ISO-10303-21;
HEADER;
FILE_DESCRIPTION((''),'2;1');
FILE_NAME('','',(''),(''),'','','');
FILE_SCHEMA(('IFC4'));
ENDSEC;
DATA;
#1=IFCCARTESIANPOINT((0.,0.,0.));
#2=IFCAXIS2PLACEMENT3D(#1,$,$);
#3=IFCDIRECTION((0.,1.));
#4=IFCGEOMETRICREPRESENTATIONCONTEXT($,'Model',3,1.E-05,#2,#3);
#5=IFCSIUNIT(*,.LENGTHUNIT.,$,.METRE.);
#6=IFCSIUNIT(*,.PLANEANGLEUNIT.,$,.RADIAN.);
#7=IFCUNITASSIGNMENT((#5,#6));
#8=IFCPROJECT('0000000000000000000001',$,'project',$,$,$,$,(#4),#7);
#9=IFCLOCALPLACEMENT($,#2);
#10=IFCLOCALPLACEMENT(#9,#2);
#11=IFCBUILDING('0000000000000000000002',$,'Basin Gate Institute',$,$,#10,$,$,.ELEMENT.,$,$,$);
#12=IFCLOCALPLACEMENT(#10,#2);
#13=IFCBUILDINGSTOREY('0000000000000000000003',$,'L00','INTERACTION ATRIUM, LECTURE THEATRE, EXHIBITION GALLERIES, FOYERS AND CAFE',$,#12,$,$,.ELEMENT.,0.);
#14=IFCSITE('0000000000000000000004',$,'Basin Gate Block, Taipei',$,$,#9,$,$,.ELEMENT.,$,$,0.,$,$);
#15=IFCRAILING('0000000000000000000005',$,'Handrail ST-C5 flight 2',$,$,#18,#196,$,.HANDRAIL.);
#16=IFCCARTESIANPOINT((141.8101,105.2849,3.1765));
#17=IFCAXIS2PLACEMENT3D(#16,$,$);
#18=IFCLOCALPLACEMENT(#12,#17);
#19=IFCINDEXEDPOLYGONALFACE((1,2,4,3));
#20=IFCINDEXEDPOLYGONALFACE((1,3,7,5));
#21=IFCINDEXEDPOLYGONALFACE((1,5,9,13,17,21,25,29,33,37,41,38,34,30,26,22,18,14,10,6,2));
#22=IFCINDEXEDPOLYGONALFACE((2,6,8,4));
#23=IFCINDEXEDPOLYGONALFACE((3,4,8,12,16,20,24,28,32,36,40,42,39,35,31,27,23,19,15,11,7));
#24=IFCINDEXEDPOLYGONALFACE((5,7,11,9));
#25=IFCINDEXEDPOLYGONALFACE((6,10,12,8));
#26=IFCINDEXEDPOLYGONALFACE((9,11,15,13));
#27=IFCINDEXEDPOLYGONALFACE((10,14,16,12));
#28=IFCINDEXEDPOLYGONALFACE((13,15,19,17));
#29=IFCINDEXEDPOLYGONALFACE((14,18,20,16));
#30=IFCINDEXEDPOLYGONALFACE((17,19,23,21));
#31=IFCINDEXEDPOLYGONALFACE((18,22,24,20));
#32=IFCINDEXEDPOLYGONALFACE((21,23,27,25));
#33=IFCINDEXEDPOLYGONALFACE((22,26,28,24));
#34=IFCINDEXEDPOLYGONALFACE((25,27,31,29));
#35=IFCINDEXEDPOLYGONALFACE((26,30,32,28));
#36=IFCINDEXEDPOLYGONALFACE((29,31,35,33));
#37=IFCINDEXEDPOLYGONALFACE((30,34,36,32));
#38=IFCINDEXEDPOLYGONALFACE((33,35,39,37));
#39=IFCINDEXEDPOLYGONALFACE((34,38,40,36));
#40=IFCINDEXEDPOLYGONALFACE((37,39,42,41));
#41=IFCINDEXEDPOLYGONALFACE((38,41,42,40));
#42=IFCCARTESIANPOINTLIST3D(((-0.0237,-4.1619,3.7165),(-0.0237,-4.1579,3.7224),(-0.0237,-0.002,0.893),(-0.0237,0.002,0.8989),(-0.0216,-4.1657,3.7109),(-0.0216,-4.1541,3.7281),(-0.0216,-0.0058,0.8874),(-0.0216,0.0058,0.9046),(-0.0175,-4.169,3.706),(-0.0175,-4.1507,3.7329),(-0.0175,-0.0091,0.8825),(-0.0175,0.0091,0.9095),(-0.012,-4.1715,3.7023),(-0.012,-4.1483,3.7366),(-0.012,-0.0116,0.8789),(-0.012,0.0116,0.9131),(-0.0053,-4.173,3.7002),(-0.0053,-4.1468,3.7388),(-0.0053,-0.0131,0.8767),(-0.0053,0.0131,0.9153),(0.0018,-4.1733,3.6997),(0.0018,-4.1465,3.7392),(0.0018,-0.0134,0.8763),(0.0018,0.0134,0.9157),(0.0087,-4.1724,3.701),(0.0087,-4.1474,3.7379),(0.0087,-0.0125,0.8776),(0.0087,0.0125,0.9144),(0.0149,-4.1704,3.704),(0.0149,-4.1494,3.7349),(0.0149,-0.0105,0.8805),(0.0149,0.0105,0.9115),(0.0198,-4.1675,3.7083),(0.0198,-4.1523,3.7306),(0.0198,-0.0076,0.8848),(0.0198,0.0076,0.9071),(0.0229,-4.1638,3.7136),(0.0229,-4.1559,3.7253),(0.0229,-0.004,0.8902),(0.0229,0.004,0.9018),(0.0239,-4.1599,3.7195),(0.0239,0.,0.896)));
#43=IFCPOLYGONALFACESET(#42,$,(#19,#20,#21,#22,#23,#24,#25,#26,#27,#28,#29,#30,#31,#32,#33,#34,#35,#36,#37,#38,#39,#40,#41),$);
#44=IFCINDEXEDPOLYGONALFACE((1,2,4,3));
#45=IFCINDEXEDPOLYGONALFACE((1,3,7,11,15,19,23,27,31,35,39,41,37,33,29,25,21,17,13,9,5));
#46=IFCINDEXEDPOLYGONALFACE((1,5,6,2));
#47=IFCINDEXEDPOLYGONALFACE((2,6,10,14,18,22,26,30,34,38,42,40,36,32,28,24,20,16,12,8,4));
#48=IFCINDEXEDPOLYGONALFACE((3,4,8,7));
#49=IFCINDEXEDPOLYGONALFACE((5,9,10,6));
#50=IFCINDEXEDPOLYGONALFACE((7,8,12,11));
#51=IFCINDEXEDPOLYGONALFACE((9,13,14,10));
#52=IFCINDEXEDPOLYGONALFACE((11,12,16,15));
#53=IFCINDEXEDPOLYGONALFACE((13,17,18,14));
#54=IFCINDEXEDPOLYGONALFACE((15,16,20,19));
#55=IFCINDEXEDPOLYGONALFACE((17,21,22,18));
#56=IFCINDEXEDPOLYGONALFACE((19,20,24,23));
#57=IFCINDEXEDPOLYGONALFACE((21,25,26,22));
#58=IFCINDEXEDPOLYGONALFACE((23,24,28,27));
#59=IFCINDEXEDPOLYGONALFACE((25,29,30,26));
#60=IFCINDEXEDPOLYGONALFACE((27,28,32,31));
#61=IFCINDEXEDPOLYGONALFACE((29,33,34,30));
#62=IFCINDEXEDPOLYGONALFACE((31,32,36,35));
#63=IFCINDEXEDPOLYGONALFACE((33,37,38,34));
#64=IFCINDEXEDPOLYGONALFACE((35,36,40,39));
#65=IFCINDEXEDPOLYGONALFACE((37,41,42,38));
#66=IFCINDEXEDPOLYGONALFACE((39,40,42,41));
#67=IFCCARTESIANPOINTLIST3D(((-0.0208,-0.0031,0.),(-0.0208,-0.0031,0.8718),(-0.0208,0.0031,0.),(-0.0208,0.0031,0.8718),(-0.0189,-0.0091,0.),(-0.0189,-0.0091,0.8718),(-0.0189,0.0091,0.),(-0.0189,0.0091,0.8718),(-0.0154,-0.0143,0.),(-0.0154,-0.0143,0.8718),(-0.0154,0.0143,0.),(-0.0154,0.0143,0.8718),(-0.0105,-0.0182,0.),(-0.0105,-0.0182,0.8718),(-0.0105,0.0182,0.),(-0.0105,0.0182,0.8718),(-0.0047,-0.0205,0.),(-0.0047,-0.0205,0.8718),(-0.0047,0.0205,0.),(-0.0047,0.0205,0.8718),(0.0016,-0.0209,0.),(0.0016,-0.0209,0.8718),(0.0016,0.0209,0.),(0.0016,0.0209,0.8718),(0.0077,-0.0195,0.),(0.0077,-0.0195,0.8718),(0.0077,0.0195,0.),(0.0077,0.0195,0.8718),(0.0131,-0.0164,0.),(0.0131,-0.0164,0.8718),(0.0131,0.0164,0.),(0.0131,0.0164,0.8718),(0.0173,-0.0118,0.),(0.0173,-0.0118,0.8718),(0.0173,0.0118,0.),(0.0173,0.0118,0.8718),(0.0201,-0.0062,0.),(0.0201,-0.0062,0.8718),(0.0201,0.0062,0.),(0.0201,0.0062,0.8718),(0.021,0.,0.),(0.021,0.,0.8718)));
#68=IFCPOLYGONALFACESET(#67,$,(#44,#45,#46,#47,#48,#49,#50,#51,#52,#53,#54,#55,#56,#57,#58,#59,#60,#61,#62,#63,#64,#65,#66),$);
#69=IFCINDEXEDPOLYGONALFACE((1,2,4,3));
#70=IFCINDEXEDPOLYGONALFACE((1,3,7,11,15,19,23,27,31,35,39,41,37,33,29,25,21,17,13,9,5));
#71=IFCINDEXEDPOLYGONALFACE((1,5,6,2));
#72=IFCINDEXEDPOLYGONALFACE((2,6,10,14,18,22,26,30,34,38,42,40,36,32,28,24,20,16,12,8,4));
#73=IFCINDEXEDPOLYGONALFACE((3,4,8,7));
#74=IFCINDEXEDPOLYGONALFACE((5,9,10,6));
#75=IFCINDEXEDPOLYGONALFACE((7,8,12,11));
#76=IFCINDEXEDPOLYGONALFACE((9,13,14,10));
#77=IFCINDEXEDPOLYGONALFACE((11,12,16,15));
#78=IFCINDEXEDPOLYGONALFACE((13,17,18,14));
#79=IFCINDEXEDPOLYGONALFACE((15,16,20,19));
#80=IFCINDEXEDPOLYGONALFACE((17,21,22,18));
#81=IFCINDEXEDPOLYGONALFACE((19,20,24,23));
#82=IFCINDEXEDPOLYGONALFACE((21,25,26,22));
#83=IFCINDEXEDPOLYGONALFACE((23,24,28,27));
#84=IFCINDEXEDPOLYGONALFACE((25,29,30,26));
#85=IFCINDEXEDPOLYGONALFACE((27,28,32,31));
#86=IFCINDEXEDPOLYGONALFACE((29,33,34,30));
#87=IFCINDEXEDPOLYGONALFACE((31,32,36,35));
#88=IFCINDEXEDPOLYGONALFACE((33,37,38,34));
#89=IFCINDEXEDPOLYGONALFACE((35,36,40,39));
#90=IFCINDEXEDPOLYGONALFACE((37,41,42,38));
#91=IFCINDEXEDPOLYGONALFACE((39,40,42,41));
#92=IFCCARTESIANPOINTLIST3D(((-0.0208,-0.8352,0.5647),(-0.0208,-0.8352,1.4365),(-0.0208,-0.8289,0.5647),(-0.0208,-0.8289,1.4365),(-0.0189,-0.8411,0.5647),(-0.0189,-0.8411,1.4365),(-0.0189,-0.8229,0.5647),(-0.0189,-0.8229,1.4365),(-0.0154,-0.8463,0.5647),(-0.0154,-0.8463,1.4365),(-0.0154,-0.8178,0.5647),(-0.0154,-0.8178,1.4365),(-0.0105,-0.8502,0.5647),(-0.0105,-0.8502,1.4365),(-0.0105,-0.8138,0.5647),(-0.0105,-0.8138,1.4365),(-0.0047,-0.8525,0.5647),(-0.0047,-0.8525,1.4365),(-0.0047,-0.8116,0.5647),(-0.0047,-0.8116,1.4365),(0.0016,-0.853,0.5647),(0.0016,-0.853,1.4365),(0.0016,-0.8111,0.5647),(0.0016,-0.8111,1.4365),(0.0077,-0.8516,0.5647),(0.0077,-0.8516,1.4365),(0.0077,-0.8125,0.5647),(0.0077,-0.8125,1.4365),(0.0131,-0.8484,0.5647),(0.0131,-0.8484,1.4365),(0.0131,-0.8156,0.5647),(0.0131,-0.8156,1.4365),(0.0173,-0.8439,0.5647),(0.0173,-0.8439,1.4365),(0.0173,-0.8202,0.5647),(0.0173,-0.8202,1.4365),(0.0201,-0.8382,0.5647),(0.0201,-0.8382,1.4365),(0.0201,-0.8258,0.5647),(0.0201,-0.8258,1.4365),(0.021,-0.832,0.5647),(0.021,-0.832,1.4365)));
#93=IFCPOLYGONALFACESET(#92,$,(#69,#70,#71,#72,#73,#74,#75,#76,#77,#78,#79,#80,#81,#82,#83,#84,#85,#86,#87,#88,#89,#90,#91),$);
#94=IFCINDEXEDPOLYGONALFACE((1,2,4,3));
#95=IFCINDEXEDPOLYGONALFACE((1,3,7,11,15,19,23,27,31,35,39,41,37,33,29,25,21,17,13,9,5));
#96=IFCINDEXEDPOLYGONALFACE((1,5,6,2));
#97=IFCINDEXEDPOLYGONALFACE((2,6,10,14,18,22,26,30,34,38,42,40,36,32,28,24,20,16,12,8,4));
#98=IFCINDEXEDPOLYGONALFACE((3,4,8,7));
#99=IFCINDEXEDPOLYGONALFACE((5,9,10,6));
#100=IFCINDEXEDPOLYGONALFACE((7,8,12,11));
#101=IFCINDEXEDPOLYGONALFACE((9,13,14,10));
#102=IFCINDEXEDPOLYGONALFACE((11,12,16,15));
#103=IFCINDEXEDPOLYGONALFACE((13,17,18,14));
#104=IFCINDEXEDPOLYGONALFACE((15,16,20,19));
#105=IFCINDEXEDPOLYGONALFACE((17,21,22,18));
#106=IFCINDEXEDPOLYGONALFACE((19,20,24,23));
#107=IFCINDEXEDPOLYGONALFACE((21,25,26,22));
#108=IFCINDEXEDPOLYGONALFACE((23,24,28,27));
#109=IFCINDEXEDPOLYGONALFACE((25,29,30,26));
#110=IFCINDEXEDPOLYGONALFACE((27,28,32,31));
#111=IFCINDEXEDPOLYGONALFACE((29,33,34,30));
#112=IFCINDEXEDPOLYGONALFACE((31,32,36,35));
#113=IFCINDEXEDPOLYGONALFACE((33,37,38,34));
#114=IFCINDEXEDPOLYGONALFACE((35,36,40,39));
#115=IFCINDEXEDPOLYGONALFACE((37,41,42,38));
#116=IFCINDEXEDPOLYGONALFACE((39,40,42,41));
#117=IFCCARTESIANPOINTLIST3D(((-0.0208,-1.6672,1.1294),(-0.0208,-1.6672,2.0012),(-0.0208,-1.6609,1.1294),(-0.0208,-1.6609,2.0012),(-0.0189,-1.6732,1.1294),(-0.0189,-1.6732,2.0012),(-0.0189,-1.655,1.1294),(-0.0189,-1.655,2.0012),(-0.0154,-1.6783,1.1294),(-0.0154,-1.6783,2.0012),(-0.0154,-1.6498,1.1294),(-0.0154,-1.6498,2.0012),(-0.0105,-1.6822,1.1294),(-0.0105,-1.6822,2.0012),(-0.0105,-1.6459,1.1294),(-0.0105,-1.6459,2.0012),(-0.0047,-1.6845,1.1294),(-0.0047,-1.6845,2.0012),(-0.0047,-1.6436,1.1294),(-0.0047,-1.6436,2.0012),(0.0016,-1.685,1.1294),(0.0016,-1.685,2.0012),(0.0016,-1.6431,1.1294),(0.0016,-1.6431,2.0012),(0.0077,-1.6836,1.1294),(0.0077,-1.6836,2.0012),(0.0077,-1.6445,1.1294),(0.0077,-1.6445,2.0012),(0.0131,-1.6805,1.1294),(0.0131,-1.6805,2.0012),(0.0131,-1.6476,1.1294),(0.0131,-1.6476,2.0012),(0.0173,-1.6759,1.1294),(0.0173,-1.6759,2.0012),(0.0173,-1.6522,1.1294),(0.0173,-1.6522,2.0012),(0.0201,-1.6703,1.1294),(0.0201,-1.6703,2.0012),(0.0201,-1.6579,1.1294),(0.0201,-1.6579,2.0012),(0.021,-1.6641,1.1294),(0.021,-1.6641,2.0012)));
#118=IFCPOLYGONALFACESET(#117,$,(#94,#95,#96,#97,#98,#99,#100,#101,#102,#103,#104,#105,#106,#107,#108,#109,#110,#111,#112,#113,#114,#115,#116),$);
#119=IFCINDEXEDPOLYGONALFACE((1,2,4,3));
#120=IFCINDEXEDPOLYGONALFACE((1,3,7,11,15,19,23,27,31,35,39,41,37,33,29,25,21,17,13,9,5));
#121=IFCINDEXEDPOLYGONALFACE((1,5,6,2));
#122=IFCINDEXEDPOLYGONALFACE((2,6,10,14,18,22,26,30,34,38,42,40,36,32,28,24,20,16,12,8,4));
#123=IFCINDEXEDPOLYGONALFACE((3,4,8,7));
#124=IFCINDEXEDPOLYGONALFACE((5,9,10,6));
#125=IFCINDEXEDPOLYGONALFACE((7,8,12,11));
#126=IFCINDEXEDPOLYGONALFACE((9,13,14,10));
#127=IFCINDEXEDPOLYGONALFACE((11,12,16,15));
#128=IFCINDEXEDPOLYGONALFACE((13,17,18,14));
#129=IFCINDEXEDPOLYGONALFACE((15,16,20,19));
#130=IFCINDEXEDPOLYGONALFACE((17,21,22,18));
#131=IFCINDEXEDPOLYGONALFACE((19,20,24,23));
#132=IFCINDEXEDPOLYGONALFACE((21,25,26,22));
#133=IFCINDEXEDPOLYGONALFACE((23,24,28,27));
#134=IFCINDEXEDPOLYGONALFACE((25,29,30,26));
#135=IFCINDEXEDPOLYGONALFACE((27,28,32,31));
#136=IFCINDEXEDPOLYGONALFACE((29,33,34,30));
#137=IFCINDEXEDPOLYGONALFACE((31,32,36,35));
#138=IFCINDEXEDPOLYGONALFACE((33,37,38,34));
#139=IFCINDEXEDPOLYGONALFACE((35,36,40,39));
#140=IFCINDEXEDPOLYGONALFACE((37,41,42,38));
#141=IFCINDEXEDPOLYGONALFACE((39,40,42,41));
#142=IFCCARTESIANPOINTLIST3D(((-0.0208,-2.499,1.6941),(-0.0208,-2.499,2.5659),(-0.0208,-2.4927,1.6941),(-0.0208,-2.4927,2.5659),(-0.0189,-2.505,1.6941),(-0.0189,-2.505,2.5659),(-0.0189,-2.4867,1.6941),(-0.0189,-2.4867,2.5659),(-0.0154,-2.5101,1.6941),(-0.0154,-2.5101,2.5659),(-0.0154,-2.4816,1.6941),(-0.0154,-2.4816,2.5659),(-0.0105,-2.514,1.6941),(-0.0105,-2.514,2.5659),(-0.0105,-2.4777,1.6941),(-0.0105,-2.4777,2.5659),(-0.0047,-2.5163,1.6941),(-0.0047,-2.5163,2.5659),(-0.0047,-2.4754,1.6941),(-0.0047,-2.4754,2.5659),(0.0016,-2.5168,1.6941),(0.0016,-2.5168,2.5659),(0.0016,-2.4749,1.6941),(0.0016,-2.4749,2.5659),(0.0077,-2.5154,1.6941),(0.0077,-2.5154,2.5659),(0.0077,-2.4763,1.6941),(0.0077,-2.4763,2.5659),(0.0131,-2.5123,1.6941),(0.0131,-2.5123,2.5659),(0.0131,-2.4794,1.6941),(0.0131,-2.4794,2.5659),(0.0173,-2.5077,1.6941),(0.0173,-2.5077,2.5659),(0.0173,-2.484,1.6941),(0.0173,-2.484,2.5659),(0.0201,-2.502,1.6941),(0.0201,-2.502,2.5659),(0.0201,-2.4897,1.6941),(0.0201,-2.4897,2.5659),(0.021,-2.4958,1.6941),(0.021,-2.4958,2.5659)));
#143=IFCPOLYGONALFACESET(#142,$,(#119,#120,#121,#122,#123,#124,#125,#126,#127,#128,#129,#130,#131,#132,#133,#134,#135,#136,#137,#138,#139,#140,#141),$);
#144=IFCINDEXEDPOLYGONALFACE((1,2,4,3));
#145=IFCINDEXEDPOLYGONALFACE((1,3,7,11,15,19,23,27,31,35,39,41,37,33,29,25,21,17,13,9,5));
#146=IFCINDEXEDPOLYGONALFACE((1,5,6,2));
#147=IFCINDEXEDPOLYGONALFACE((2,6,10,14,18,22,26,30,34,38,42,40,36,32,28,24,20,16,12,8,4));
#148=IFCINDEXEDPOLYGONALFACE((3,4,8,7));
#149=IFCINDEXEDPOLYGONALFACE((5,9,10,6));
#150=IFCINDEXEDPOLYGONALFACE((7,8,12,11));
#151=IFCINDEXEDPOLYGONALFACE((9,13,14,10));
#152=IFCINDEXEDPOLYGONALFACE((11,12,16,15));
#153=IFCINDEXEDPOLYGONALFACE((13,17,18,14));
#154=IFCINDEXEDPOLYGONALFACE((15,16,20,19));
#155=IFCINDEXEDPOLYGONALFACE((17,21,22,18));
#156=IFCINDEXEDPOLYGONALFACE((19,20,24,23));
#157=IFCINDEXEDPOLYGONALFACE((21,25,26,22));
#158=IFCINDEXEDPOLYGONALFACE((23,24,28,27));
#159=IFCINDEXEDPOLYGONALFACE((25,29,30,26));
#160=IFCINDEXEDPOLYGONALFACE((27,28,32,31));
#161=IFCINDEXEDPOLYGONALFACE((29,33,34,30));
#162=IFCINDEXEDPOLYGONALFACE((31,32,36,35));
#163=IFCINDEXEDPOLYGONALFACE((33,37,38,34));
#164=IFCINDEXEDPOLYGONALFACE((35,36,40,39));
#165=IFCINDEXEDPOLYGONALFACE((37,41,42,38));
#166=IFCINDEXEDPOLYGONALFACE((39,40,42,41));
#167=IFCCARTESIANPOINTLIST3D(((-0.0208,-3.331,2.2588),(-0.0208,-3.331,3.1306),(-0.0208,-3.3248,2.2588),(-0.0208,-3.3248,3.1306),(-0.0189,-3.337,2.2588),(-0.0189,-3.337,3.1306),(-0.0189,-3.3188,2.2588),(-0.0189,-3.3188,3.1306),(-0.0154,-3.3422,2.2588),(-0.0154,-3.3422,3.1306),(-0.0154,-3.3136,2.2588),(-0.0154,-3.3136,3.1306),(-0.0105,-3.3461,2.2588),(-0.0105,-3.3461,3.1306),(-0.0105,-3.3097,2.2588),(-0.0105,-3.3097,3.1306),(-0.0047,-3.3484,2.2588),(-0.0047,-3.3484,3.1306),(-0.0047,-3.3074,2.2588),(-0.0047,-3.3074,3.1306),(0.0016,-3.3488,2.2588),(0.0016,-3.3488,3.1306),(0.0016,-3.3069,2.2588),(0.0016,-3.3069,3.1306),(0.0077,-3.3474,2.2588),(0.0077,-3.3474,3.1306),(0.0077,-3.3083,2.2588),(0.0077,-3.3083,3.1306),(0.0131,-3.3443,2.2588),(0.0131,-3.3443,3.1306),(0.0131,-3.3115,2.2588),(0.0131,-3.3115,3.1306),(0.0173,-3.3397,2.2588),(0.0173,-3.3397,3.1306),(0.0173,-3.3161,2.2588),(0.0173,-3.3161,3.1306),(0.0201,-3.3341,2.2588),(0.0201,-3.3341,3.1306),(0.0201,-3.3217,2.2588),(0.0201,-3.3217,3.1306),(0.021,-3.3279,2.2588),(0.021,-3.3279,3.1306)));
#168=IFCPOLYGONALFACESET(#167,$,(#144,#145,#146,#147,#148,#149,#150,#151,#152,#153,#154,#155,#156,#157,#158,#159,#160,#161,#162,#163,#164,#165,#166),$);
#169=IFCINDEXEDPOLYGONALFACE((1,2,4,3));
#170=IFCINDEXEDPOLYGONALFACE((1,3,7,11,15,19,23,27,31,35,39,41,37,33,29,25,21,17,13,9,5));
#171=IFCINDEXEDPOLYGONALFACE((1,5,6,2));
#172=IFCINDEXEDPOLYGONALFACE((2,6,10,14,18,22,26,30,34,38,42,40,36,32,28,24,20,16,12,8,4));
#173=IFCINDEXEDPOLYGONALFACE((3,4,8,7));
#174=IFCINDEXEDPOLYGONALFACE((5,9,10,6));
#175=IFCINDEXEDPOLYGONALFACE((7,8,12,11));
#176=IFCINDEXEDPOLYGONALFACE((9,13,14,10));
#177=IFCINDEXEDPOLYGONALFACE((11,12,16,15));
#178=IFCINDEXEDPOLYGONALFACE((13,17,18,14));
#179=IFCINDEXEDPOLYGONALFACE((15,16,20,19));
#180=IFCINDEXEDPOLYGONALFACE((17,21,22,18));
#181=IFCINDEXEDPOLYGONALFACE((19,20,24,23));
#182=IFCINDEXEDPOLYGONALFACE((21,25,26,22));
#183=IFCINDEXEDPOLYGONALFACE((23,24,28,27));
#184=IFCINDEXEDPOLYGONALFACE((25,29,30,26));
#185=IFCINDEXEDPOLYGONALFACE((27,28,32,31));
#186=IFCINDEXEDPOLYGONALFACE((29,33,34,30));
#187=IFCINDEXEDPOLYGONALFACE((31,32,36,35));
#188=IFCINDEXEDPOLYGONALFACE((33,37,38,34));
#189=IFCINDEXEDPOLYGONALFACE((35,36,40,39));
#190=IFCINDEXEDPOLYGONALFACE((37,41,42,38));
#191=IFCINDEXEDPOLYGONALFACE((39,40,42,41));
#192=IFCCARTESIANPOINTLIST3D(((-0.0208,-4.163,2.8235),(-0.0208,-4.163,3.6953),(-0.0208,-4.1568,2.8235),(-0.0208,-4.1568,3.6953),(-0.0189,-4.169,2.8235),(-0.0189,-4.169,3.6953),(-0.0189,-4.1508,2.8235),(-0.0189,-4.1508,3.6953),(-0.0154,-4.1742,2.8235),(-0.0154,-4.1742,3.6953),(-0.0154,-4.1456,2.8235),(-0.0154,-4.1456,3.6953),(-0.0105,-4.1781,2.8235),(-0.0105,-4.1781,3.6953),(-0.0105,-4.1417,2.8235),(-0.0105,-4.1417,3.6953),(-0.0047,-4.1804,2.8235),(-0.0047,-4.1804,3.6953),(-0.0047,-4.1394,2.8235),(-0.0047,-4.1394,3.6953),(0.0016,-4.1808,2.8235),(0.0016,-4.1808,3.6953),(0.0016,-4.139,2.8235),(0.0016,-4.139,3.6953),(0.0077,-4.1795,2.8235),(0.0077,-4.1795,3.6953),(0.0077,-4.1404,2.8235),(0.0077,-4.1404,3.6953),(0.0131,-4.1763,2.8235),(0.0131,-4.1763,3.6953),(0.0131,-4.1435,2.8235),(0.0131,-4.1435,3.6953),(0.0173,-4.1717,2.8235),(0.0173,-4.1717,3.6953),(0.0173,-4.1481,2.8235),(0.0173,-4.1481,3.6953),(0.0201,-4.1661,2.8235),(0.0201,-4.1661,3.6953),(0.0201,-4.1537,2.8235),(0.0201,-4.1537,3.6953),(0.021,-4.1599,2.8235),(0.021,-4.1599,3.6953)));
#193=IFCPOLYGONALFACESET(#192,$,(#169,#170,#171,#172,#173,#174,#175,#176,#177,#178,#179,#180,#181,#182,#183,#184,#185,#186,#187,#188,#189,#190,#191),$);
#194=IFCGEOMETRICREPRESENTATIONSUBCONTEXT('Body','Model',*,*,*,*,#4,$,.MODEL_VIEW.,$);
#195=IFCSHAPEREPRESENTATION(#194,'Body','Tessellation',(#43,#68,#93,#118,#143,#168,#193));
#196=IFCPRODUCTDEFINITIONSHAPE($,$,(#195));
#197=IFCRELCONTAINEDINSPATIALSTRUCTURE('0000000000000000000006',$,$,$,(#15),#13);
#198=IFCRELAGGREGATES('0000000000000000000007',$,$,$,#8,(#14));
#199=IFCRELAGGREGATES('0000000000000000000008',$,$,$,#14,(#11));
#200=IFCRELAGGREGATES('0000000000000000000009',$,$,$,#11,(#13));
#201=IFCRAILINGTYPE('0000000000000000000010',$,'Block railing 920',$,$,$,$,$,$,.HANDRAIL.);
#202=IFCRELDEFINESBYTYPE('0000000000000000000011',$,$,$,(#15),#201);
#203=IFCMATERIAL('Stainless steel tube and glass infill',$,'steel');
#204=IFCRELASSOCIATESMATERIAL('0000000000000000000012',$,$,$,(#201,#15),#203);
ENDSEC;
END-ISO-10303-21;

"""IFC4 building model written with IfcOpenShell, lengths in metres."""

from ifc_helpers import new_model, si_unit, direction, frame, origin, origin_2d, place, context, subcontext, project, spatial, circle, extrude, material, type_object, element, save


model = new_model("IFC4")

# Units and contexts
model_context = context("Model", 3, precision=1e-05, world=origin(), true_north=direction((0.0, 1.0)))
body_context = subcontext(model_context, "Body", "Model", "MODEL_VIEW")
ifc_project = project(units=[si_unit("LENGTHUNIT", "METRE"), si_unit("PLANEANGLEUNIT", "RADIAN")], contexts=[model_context])

# Site, building, storey
site_placement = place(None, origin())
site = spatial("IfcSite", under=ifc_project, at=site_placement, Name="Basin Gate Block, Taipei", CompositionType="ELEMENT", RefElevation=0.0)
building_placement = place(site_placement, origin())
building = spatial("IfcBuilding", under=site, at=building_placement, Name="Basin Gate Institute", CompositionType="ELEMENT")
storey_placement = place(building_placement, origin())
storey = spatial("IfcBuildingStorey", under=building, at=storey_placement, Name="L00", Description="INTERACTION ATRIUM, LECTURE THEATRE, EXHIBITION GALLERIES, FOYERS AND CAFE", CompositionType="ELEMENT", Elevation=0.0)

# Railing
ifc_material_1 = material(Name="Stainless steel tube and glass infill", Category="steel")
railing_type_1 = type_object("IfcRailingType", Name="Block railing 920", PredefinedType="HANDRAIL", material=ifc_material_1)
for number, where, name in (
    (1, (141.8101, 105.2849, 3.1765), "Handrail ST-C5 flight 2"),
):
    element("IfcRailing", number, at=place(storey_placement, frame(where)), inside=storey, type_object=railing_type_1, material=ifc_material_1, Name=name, PredefinedType="HANDRAIL", context=body_context, shape_type="SweptSolid", body=[
        extrude(circle(Radius=0.0239, at=origin_2d()), frame((0.0, 0.0, 0.896), z_axis=(0.0, -0.827412, 0.561595), x_axis=(1.0, 0.0, 0.0)), (0.0, 0.0, 1.0), 5.0276),
        extrude(circle(Radius=0.021, at=origin_2d()), origin(), (0.0, 0.0, 1.0), 0.8718),
        extrude(circle(Radius=0.021, at=origin_2d()), frame((0.0, -0.832, 0.5647)), (0.0, 0.0, 1.0), 0.8718),
        extrude(circle(Radius=0.021, at=origin_2d()), frame((0.0, -1.6641, 1.1294)), (0.0, 0.0, 1.0), 0.8718),
        extrude(circle(Radius=0.021, at=origin_2d()), frame((0.0, -2.4958, 1.6941)), (0.0, 0.0, 1.0), 0.8718),
        extrude(circle(Radius=0.021, at=origin_2d()), frame((0.0, -3.3279, 2.2588)), (0.0, 0.0, 1.0), 0.8718),
        extrude(circle(Radius=0.021, at=origin_2d()), frame((0.0, -4.1599, 2.8235)), (0.0, 0.0, 1.0), 0.8718),
    ])

save(model, "model.ifc")
